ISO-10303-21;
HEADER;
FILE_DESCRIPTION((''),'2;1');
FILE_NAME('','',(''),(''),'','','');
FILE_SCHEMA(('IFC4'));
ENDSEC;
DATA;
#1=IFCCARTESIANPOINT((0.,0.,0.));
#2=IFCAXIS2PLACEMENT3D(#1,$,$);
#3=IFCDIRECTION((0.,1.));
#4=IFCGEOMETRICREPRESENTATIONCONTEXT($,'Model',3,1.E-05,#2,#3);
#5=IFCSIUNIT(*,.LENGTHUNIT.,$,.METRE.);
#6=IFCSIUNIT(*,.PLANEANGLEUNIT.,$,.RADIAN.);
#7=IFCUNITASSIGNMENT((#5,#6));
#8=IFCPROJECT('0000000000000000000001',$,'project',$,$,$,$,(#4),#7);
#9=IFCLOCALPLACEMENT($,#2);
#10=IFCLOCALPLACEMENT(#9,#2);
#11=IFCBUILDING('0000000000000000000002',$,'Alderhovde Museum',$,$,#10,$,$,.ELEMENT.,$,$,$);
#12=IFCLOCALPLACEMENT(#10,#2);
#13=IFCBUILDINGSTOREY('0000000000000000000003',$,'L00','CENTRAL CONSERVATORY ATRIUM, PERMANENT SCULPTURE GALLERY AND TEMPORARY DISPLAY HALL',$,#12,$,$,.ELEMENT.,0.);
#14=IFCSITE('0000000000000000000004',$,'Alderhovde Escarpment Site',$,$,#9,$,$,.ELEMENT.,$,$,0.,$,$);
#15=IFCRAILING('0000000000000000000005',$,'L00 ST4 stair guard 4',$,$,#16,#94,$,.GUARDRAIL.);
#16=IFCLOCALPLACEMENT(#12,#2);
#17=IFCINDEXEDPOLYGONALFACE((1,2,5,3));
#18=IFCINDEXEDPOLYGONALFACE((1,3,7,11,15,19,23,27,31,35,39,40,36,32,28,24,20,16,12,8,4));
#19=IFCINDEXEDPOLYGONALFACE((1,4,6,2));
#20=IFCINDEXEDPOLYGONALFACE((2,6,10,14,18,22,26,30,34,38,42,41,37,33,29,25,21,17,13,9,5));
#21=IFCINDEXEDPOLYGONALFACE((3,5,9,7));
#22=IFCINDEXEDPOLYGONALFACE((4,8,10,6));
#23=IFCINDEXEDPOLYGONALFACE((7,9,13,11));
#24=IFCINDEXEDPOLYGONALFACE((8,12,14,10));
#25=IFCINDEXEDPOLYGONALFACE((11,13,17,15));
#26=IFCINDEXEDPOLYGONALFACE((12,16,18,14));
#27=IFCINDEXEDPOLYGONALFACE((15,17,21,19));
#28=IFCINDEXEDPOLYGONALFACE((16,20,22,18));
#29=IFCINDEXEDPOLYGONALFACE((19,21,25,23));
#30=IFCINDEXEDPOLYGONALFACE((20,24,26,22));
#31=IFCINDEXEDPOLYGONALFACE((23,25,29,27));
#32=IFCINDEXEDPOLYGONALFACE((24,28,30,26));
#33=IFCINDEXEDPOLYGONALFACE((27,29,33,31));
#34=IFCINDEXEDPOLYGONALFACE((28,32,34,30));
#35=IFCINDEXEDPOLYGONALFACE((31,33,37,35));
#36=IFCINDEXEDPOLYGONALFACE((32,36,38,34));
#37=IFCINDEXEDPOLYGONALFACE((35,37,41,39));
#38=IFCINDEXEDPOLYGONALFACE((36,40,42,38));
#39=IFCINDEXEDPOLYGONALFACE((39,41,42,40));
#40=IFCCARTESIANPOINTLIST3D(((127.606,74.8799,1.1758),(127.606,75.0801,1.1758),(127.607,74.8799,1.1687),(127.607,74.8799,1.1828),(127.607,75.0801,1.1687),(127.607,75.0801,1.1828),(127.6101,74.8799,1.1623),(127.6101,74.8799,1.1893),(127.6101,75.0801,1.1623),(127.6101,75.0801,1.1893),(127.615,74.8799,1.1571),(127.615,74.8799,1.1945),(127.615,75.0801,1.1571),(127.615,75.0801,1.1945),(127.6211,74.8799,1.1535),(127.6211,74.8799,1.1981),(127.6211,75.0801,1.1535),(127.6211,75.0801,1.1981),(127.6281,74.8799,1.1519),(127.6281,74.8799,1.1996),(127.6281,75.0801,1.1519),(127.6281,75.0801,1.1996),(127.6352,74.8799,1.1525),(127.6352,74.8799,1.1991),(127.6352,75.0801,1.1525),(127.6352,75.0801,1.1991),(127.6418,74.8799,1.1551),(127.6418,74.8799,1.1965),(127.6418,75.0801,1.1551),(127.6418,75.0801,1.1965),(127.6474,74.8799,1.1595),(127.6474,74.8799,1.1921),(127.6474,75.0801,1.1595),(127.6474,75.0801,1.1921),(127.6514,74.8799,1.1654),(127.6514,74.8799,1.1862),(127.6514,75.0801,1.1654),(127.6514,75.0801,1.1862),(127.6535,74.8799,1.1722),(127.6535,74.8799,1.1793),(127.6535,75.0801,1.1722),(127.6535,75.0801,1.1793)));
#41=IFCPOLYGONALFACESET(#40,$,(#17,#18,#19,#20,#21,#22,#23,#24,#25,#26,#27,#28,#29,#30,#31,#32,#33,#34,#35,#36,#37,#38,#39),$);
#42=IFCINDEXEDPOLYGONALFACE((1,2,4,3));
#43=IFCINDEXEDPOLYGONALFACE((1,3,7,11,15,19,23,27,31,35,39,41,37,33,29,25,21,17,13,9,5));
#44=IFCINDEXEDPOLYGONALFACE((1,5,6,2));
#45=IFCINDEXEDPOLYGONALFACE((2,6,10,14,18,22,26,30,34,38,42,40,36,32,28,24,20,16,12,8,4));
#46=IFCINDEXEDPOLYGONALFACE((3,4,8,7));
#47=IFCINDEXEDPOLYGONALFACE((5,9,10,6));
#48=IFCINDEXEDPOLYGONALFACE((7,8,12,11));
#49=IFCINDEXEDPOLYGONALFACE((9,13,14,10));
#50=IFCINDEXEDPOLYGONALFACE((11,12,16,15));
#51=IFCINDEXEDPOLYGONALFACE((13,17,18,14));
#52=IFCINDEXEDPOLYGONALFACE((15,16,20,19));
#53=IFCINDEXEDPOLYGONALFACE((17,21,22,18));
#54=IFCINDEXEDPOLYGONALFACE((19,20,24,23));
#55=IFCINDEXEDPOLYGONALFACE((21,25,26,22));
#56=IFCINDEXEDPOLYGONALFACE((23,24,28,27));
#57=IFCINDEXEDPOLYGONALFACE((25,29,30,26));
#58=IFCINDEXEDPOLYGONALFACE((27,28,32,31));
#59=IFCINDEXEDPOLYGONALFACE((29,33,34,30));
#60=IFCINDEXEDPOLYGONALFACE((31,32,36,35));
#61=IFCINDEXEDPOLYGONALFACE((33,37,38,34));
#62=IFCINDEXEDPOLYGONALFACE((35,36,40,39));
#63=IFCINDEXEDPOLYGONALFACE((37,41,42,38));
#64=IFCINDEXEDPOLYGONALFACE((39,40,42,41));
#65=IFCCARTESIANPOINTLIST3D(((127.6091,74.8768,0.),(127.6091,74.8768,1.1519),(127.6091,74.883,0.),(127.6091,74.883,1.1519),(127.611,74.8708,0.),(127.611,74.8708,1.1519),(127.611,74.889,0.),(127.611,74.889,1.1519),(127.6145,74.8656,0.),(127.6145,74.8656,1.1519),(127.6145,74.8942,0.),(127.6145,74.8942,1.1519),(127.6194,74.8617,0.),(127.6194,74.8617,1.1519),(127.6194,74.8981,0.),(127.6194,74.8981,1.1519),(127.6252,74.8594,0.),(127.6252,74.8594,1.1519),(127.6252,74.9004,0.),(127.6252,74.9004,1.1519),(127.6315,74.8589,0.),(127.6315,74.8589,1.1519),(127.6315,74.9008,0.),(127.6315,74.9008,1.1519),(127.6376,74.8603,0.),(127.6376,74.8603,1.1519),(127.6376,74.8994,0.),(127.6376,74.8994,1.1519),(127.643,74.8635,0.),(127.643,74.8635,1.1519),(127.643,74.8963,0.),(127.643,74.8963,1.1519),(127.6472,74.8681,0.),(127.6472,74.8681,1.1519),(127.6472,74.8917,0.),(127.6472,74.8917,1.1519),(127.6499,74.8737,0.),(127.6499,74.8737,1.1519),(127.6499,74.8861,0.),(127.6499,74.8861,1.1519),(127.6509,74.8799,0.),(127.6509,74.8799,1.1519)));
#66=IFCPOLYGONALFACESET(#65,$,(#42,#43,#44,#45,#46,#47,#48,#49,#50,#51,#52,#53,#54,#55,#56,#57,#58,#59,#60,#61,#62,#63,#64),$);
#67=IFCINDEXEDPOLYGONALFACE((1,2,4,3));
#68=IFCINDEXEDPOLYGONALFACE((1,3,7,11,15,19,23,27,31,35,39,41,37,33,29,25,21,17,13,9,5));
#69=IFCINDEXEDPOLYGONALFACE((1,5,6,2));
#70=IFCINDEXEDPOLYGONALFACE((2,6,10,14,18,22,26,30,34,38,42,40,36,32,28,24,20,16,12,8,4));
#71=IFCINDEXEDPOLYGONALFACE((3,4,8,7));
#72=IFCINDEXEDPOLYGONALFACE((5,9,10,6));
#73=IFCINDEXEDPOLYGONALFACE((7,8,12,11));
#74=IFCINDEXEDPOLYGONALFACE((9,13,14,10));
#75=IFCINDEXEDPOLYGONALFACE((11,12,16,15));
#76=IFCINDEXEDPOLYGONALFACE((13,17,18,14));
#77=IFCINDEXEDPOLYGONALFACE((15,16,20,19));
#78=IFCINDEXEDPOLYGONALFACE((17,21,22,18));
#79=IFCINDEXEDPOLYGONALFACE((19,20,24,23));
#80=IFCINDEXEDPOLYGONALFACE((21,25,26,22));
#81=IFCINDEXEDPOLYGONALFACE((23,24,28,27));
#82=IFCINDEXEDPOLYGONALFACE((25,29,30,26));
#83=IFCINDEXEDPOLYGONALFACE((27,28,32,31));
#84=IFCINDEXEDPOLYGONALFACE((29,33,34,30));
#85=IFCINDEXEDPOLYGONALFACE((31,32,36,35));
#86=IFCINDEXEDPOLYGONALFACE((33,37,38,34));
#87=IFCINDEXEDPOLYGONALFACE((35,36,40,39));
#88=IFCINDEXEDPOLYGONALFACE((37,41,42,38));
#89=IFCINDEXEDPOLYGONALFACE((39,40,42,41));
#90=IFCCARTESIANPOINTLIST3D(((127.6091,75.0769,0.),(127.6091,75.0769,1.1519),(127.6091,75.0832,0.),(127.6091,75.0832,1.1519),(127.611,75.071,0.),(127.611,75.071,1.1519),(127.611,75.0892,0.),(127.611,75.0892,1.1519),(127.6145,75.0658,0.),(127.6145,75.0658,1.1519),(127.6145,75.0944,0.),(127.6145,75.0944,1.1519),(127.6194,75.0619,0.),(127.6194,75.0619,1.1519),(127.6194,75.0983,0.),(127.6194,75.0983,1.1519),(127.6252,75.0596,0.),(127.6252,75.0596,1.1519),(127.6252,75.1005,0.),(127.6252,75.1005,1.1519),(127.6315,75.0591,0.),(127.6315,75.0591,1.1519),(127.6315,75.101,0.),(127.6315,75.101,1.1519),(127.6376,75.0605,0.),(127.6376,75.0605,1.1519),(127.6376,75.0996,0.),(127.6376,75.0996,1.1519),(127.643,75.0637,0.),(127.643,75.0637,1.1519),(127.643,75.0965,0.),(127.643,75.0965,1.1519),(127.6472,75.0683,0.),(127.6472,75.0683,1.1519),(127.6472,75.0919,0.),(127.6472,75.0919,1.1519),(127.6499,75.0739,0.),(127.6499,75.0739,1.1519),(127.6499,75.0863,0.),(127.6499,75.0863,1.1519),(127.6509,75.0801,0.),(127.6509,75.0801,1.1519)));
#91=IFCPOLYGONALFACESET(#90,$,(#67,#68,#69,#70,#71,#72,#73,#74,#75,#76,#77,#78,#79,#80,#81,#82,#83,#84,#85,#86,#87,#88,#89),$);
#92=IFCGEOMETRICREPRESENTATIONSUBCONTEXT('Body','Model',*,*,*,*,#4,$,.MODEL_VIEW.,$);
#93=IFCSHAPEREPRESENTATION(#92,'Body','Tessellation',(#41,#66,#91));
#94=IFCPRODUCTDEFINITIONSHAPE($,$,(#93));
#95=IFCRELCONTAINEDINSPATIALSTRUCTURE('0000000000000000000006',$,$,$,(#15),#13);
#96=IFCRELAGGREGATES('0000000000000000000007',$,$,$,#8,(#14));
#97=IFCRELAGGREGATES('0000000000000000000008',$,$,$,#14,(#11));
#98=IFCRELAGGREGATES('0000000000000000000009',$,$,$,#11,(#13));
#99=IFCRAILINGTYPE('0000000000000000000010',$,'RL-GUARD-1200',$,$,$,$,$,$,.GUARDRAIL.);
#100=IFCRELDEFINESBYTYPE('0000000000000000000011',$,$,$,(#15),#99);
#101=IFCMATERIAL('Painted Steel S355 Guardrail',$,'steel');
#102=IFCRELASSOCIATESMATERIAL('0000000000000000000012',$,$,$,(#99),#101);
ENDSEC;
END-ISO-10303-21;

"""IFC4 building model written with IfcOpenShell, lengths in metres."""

from ifc_helpers import new_model, si_unit, direction, frame, origin, origin_2d, place, context, subcontext, project, spatial, circle, extrude, material, type_object, element, save


model = new_model("IFC4")

# Units and contexts
model_context = context("Model", 3, precision=1e-05, world=origin(), true_north=direction((0.0, 1.0)))
body_context = subcontext(model_context, "Body", "Model", "MODEL_VIEW")
ifc_project = project(units=[si_unit("LENGTHUNIT", "METRE"), si_unit("PLANEANGLEUNIT", "RADIAN")], contexts=[model_context])

# Site, building, storey
site_placement = place(None, origin())
site = spatial("IfcSite", under=ifc_project, at=site_placement, Name="Alderhovde Escarpment Site", CompositionType="ELEMENT", RefElevation=0.0)
building_placement = place(site_placement, origin())
building = spatial("IfcBuilding", under=site, at=building_placement, Name="Alderhovde Museum", CompositionType="ELEMENT")
storey_placement = place(building_placement, origin())
storey = spatial("IfcBuildingStorey", under=building, at=storey_placement, Name="L00", Description="CENTRAL CONSERVATORY ATRIUM, PERMANENT SCULPTURE GALLERY AND TEMPORARY DISPLAY HALL", CompositionType="ELEMENT", Elevation=0.0)

# Railing
ifc_material_1 = material(Name="Painted Steel S355 Guardrail", Category="steel")
railing_type_1 = type_object("IfcRailingType", Name="RL-GUARD-1200", PredefinedType="GUARDRAIL", material=ifc_material_1)
railing_1_placement = place(storey_placement, frame((127.6299, 74.8799, 0.0)))
element("IfcRailing", 1, at=railing_1_placement, inside=storey, type_object=railing_type_1, Name="L00 ST4 stair guard 4", PredefinedType="GUARDRAIL", context=body_context, shape_type="SweptSolid", body=[
    extrude(circle(Radius=0.0239, at=origin_2d()), frame((0.0, 0.0, 1.1758), z_axis=(0.0, 1.0, 0.0), x_axis=(-1.0, 0.0, 0.0)), (0.0, 0.0, 1.0), 0.2002),
    extrude(circle(Radius=0.021, at=origin_2d()), origin(), (0.0, 0.0, 1.0), 1.1519),
    extrude(circle(Radius=0.021, at=origin_2d()), frame((0.0, 0.2002, 0.0)), (0.0, 0.0, 1.0), 1.1519),
])

save(model, "model.ifc")
